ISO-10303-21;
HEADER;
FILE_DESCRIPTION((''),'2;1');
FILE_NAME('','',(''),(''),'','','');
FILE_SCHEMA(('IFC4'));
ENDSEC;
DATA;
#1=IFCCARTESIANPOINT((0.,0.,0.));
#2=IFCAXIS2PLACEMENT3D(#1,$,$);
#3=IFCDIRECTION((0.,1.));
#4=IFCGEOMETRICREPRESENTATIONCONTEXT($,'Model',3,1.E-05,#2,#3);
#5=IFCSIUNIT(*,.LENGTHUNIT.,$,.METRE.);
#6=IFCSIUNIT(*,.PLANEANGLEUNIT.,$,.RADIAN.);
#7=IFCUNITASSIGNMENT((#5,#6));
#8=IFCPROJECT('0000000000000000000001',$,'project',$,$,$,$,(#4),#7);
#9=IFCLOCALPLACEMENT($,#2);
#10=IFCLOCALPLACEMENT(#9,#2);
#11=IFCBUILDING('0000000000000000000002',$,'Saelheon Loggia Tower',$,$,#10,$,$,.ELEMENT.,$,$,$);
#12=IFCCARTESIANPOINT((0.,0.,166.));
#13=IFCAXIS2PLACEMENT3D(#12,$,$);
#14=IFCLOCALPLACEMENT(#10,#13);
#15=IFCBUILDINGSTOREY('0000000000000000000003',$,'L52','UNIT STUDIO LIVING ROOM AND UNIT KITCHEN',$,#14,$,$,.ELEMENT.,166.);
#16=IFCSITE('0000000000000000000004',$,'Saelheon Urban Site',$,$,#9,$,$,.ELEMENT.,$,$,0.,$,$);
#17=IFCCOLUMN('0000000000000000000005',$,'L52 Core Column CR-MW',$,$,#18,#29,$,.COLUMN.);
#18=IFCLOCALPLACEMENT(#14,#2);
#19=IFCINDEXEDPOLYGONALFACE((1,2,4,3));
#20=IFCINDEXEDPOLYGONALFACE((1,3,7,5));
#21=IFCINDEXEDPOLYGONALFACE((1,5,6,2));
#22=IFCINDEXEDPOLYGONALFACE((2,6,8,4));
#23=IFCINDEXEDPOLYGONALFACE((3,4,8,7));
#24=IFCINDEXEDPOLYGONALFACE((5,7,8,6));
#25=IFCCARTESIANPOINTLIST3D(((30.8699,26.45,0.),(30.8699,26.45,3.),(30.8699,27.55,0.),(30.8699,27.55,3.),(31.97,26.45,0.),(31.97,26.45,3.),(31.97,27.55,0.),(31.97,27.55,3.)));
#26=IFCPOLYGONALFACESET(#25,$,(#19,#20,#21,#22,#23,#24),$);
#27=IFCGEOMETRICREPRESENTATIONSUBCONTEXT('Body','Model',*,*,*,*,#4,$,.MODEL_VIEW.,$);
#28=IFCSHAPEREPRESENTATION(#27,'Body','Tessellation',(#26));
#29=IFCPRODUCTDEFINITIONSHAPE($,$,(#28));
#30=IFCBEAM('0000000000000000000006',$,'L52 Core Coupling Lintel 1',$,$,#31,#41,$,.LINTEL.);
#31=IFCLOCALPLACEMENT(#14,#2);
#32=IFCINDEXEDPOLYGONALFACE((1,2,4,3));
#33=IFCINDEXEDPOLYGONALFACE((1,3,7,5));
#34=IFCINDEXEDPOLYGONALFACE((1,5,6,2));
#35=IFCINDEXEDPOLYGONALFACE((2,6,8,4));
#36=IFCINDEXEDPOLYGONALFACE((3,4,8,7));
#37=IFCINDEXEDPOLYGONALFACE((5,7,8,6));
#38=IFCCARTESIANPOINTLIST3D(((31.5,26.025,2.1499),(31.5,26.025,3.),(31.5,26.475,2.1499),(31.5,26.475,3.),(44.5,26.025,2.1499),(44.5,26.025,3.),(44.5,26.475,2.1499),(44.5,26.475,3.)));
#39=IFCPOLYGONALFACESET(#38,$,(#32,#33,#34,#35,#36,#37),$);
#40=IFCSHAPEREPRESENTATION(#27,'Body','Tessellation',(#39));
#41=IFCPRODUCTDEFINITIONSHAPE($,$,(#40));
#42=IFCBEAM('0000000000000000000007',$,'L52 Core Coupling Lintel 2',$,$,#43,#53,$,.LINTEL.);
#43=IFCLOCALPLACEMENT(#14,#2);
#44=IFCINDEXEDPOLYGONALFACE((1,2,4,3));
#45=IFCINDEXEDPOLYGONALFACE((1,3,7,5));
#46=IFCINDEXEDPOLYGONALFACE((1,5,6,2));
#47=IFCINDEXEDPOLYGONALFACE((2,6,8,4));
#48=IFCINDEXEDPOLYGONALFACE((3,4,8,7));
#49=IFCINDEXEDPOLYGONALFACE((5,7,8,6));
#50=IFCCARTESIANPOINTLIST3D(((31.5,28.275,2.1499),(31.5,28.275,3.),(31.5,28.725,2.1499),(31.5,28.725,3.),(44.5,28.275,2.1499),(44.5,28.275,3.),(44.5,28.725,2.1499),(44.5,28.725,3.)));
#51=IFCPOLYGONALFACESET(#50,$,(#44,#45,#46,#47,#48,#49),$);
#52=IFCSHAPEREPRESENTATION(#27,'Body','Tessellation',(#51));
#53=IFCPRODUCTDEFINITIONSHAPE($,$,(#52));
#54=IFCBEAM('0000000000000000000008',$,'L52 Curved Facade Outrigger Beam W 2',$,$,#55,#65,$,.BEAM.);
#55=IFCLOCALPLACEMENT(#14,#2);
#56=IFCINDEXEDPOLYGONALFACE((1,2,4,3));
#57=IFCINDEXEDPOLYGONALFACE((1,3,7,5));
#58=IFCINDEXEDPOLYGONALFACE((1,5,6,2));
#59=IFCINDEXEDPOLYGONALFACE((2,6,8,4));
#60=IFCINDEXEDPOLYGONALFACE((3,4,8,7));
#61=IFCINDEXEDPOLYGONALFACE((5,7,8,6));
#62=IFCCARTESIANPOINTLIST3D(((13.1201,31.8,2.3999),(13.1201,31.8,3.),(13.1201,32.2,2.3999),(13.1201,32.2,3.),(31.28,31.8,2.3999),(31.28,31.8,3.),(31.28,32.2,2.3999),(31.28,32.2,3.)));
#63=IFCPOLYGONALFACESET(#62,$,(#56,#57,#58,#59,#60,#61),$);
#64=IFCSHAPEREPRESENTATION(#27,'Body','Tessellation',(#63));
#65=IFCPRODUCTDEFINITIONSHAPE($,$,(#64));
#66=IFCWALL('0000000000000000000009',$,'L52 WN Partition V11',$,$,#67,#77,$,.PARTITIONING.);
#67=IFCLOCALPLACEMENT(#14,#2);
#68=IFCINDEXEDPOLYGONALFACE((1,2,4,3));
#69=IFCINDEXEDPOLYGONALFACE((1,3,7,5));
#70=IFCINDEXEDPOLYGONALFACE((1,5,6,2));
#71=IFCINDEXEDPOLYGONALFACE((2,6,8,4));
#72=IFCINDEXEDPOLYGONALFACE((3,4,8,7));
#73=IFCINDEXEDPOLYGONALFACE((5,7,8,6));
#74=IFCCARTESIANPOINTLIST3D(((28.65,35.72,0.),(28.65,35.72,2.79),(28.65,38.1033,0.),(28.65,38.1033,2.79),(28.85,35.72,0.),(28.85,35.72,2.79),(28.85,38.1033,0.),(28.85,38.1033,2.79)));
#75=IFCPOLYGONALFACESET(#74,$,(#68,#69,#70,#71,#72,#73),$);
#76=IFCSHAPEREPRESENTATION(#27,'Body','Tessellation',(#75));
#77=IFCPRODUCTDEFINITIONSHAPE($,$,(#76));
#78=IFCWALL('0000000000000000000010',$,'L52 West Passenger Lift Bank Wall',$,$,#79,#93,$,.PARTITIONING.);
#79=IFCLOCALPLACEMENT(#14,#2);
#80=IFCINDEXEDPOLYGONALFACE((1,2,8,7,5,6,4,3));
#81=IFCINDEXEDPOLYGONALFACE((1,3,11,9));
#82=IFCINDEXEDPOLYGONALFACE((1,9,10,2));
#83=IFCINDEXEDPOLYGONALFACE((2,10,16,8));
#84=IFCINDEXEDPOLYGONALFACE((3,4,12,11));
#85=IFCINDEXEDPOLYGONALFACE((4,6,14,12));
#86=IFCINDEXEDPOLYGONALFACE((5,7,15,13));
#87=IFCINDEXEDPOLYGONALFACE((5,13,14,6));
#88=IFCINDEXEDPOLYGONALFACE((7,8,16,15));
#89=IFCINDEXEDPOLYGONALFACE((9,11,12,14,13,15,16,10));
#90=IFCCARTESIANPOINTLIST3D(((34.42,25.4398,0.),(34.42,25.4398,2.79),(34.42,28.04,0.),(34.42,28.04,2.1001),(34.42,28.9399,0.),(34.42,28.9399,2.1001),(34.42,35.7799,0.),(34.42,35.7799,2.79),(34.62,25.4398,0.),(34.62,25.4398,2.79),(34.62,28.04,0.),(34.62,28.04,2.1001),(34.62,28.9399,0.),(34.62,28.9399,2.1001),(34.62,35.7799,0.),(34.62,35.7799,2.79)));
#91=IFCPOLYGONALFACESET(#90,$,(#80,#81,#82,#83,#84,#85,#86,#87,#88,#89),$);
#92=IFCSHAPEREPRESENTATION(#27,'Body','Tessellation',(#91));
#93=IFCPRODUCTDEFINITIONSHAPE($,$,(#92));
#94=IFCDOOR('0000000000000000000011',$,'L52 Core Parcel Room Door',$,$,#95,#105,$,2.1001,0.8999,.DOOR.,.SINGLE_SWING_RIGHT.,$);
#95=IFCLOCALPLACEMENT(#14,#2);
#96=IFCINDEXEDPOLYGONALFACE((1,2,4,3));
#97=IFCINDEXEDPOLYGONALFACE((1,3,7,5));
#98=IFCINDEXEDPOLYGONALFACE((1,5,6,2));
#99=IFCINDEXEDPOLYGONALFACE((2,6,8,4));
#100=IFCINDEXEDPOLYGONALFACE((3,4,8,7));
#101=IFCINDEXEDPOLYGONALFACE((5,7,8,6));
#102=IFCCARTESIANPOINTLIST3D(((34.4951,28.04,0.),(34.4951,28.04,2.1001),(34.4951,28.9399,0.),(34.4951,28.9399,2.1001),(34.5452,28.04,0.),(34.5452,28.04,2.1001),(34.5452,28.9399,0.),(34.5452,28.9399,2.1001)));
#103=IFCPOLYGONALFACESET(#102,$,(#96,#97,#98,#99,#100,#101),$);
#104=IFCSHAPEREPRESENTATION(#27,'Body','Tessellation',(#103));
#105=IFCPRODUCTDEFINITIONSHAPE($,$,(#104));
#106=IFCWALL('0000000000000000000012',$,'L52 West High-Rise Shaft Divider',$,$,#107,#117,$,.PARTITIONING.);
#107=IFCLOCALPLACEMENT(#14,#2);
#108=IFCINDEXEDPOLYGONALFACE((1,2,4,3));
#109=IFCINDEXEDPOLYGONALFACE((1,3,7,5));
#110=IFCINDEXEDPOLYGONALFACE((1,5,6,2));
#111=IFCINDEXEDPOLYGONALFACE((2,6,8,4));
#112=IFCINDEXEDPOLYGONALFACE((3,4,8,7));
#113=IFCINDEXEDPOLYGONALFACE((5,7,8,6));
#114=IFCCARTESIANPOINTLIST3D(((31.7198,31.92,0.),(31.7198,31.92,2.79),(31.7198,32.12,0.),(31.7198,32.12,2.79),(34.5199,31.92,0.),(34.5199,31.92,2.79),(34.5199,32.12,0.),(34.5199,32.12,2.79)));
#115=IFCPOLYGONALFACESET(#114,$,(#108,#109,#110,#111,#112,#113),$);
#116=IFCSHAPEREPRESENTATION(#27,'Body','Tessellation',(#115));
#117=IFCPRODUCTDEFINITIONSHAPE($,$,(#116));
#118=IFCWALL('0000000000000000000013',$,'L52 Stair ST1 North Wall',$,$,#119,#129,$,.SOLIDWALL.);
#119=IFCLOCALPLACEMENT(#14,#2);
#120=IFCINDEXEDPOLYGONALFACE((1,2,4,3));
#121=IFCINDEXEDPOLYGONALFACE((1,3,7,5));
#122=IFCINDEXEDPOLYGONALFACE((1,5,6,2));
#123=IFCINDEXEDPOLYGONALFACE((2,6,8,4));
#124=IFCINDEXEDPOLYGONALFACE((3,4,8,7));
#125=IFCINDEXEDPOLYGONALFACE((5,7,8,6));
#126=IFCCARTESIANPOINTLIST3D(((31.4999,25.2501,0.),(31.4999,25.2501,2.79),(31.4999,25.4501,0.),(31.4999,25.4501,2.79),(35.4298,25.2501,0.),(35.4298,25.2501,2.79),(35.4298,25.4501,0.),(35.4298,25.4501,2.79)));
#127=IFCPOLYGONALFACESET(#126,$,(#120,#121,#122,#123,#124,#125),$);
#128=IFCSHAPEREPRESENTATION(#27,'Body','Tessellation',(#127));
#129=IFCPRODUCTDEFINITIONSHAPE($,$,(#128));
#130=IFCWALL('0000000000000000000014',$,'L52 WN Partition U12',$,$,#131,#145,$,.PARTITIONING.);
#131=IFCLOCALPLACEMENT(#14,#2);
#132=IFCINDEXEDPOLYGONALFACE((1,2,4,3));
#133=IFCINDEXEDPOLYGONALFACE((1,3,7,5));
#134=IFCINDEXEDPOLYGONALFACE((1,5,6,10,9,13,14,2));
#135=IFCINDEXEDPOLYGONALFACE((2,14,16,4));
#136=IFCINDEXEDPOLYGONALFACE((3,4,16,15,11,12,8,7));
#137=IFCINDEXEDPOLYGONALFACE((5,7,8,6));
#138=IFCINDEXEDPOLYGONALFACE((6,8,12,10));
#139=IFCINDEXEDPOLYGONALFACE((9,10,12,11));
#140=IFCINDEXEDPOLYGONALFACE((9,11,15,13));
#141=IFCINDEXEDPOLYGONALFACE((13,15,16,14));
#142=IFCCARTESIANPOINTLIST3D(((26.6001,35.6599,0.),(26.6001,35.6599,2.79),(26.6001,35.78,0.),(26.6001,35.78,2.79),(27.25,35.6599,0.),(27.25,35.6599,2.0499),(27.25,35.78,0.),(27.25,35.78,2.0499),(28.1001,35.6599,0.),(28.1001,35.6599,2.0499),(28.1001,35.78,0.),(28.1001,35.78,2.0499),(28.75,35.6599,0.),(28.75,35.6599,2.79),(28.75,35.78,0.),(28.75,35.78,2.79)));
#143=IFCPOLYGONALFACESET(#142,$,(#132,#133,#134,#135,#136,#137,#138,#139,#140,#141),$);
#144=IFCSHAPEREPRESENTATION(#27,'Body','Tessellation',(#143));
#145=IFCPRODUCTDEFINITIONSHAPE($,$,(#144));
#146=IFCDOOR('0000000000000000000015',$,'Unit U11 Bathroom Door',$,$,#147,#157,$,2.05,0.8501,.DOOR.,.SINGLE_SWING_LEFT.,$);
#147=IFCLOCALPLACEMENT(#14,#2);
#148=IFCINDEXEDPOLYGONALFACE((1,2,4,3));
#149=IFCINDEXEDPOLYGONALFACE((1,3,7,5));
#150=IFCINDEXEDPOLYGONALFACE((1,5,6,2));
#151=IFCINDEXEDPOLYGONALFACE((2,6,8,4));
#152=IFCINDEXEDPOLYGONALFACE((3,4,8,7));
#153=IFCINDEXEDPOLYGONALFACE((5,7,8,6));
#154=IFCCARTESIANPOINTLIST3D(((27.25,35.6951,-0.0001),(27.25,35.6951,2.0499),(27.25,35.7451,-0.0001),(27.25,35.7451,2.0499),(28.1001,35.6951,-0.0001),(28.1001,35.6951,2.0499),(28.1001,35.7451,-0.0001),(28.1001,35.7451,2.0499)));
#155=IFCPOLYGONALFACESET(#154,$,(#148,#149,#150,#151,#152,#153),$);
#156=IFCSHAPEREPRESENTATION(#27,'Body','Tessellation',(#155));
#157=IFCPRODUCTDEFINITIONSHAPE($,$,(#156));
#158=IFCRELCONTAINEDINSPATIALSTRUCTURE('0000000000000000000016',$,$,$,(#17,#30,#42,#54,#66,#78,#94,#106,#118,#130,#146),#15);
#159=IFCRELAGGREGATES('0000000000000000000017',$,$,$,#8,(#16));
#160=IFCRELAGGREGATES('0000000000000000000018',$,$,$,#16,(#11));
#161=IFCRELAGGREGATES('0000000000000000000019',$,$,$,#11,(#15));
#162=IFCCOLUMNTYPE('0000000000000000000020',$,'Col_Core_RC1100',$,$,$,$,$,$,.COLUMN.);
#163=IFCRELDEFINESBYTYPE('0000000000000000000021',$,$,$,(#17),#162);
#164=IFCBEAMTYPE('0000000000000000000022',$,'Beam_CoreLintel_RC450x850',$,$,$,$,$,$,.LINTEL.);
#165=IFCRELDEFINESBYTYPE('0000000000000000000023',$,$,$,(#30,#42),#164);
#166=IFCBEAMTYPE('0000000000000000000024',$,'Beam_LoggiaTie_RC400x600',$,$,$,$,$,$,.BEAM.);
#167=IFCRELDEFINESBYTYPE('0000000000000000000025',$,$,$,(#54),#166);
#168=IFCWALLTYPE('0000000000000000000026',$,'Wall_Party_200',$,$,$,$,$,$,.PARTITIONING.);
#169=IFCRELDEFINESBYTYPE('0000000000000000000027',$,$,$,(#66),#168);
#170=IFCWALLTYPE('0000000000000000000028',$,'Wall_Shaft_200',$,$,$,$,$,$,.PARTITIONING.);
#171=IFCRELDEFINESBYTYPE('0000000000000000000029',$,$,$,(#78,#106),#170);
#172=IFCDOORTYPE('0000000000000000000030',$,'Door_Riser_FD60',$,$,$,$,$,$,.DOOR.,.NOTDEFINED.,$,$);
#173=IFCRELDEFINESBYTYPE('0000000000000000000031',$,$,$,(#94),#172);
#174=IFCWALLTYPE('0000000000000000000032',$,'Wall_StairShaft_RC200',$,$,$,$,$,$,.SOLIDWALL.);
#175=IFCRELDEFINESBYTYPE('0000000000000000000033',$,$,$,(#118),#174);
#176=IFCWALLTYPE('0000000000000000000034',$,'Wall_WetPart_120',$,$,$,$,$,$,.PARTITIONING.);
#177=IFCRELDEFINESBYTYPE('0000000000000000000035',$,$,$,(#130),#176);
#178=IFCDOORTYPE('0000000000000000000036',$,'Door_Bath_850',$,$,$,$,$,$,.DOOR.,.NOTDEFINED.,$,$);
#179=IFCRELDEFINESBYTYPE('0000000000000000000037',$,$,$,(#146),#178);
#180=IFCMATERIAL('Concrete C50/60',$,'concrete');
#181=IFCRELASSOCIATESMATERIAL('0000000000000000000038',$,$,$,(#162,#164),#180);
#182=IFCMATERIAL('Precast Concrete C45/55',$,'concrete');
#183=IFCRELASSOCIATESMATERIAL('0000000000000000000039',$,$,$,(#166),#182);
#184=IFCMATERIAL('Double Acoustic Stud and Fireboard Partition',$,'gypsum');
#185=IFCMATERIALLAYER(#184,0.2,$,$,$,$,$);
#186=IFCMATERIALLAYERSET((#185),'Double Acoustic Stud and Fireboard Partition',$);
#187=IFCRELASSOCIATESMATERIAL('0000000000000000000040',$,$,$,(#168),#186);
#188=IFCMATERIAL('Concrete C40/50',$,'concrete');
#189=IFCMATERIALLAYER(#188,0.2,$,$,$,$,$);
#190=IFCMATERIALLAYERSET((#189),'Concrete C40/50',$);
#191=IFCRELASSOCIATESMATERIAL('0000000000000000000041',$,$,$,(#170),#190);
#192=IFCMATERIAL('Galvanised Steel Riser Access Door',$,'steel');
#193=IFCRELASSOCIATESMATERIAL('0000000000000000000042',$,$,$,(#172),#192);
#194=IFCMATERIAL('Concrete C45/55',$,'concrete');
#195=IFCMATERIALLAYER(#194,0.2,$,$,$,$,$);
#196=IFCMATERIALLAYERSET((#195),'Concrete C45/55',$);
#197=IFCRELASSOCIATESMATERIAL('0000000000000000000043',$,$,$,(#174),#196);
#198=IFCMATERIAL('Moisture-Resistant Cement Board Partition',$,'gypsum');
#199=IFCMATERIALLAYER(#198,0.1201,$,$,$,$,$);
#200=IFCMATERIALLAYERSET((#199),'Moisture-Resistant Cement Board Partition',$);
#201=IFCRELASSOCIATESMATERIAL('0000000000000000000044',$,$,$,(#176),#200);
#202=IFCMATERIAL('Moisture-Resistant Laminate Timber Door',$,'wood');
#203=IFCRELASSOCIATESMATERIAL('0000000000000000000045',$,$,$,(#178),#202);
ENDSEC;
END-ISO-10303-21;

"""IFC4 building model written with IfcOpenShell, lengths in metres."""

from ifc_helpers import new_model, si_unit, direction, frame, frame_2d, origin, origin_2d, place, context, subcontext, project, spatial, rectangle, extrude, source, transform, mapped, material, layer, layer_set, material_profile, profile_set, type_object, element, fill, save


model = new_model("IFC4")

# Units and contexts
model_context = context("Model", 3, precision=1e-05, world=origin(), true_north=direction((0.0, 1.0)))
body_context = subcontext(model_context, "Body", "Model", "MODEL_VIEW")
ifc_project = project(units=[si_unit("LENGTHUNIT", "METRE"), si_unit("PLANEANGLEUNIT", "RADIAN")], contexts=[model_context])

# Site, building, storey
site_placement = place(None, origin())
site = spatial("IfcSite", under=ifc_project, at=site_placement, Name="Saelheon Urban Site", CompositionType="ELEMENT", RefElevation=0.0)
building_placement = place(site_placement, origin())
building = spatial("IfcBuilding", under=site, at=building_placement, Name="Saelheon Loggia Tower", CompositionType="ELEMENT")
storey_placement = place(building_placement, frame((0.0, 0.0, 166.0)))
storey = spatial("IfcBuildingStorey", under=building, at=storey_placement, Name="L52", Description="UNIT STUDIO LIVING ROOM AND UNIT KITCHEN", CompositionType="ELEMENT", Elevation=166.0)

# Column
ifc_material_1 = material(Name="Concrete C50/60", Category="concrete")
ifc_material_profile_1 = material_profile(ifc_material_1, rectangle(XDim=1.1001, YDim=1.1001, at=origin_2d()), Name="RC-1100x1100")
ifc_profile_set_1 = profile_set([ifc_material_profile_1], Name="Concrete C50/60")
column_type = type_object("IfcColumnType", Name="Col_Core_RC1100", PredefinedType="COLUMN", material=ifc_profile_set_1)
shared_shape_1 = source(origin(), body_context, "Body", "SweptSolid", [
    extrude(rectangle(XDim=1.1001, YDim=1.1001, at=origin_2d()), origin(), (0.0, 0.0, 1.0), 3.0),
])
column_placement = place(storey_placement, frame((31.4199, 27.0, 0.0), z_axis=(0.0, 0.0, 1.0), x_axis=(1.0, 0.0, 0.0)))
element("IfcColumn", 1, at=column_placement, inside=storey, type_object=column_type, Name="L52 Core Column CR-MW", PredefinedType="COLUMN", context=body_context, shape_type="MappedRepresentation", body=[
    mapped(shared_shape_1, transform((0.0, 0.0, 0.0), scale=1.0)),
])

# Beams
ifc_material_profile_2 = material_profile(ifc_material_1, rectangle(XDim=0.45, YDim=0.8501, at=origin_2d()), Name="RC-450x850")
ifc_profile_set_2 = profile_set([ifc_material_profile_2], Name="Concrete C50/60")
beam_type_1 = type_object("IfcBeamType", Name="Beam_CoreLintel_RC450x850", PredefinedType="LINTEL", material=ifc_profile_set_2)
shared_shape_2 = source(origin(), body_context, "Body", "SweptSolid", [
    extrude(rectangle(XDim=0.45, YDim=0.8501, at=origin_2d()), origin(), (0.0, 0.0, 1.0), 13.0),
])
for number, where, z_axis, x_axis, name in (
    (2, (31.5, 26.25, 2.575), (1.0, 0.0, 0.0), (0.0, 1.0, 0.0), "L52 Core Coupling Lintel 1"),
    (3, (31.5, 28.5, 2.575), (1.0, 0.0, 0.0), (0.0, 1.0, 0.0), "L52 Core Coupling Lintel 2"),
):
    element("IfcBeam", number, at=place(storey_placement, frame(where, z_axis=z_axis, x_axis=x_axis)), inside=storey, type_object=beam_type_1, Name=name, PredefinedType="LINTEL", context=body_context, shape_type="MappedRepresentation", body=[
        mapped(shared_shape_2, transform((0.0, 0.0, 0.0), scale=1.0)),
    ])
ifc_material_2 = material(Name="Precast Concrete C45/55", Category="concrete")
ifc_material_profile_3 = material_profile(ifc_material_2, rectangle(XDim=0.3999, YDim=0.6001, at=origin_2d()), Name="RC-400x600")
ifc_profile_set_3 = profile_set([ifc_material_profile_3], Name="Precast Concrete C45/55")
beam_type_2 = type_object("IfcBeamType", Name="Beam_LoggiaTie_RC400x600", PredefinedType="BEAM", material=ifc_profile_set_3)
shared_shape_3 = source(origin(), body_context, "Body", "SweptSolid", [
    extrude(rectangle(XDim=0.3999, YDim=0.6001, at=origin_2d()), origin(), (0.0, 0.0, 1.0), 18.1599),
])
beam_placement = place(storey_placement, frame((31.28, 32.0, 2.7), z_axis=(-1.0, 0.0, 0.0), x_axis=(0.0, -1.0, 0.0)))
element("IfcBeam", 4, at=beam_placement, inside=storey, type_object=beam_type_2, Name="L52 Curved Facade Outrigger Beam W 2", PredefinedType="BEAM", context=body_context, shape_type="MappedRepresentation", body=[
    mapped(shared_shape_3, transform((0.0, 0.0, 0.0), scale=1.0)),
])

# Wall
ifc_material_3 = material(Name="Double Acoustic Stud and Fireboard Partition", Category="gypsum")
ifc_layer_1 = layer(ifc_material_3, 0.2)
ifc_layer_set_1 = layer_set([ifc_layer_1], Name="Double Acoustic Stud and Fireboard Partition")
wall_type_1 = type_object("IfcWallType", Name="Wall_Party_200", PredefinedType="PARTITIONING", material=ifc_layer_set_1)
wall_1_placement = place(storey_placement, frame((28.75, 35.72, 0.0), z_axis=(0.0, 0.0, 1.0), x_axis=(0.0, 1.0, 0.0)))
element("IfcWall", 5, at=wall_1_placement, inside=storey, type_object=wall_type_1, Name="L52 WN Partition V11", PredefinedType="PARTITIONING", context=body_context, shape_type="SweptSolid", body=[
    extrude(rectangle(XDim=2.3833, YDim=0.2, at=frame_2d((1.1917, 0.0))), origin(), (0.0, 0.0, 1.0), 2.79),
])

# Wall, opening, door
ifc_material_4 = material(Name="Concrete C40/50", Category="concrete")
ifc_layer_2 = layer(ifc_material_4, 0.2)
ifc_layer_set_2 = layer_set([ifc_layer_2], Name="Concrete C40/50")
wall_type_2 = type_object("IfcWallType", Name="Wall_Shaft_200", PredefinedType="PARTITIONING", material=ifc_layer_set_2)
wall_2_placement = place(storey_placement, frame((34.52, 25.4399, 0.0), z_axis=(0.0, 0.0, 1.0), x_axis=(0.0, 1.0, 0.0)))
wall_2 = element("IfcWall", 6, at=wall_2_placement, inside=storey, type_object=wall_type_2, Name="L52 West Passenger Lift Bank Wall", PredefinedType="PARTITIONING", context=body_context, shape_type="SweptSolid", body=[
    extrude(rectangle(XDim=10.3401, YDim=0.2, at=frame_2d((5.1699, 0.0))), origin(), (0.0, 0.0, 1.0), 2.79),
])
opening_1_placement = place(wall_2_placement, frame((2.6001, 0.0, 0.0)))
opening_1 = element("IfcOpeningElement", 7, at=opening_1_placement, cuts=wall_2, PredefinedType="OPENING", context=body_context, shape_type="SweptSolid", body=[
    extrude(rectangle(XDim=0.8999, YDim=2.1001, at=frame_2d((0.45, 1.05))), frame((0.0, 0.1121, 0.0), z_axis=(0.0, -1.0, 0.0), x_axis=(1.0, 0.0, 0.0)), (0.0, 0.0, 1.0), 0.2239),
])
ifc_material_5 = material(Name="Galvanised Steel Riser Access Door", Category="steel")
door_type_1 = type_object("IfcDoorType", Name="Door_Riser_FD60", OperationType="NOTDEFINED", PredefinedType="DOOR", material=ifc_material_5)
shared_shape_4 = source(origin(), body_context, "Body", "SweptSolid", [
    extrude(rectangle(XDim=0.8999, YDim=2.1001, at=frame_2d((0.45, 1.05))), frame((0.0, 0.0249, 0.0), z_axis=(0.0, -1.0, 0.0), x_axis=(1.0, 0.0, 0.0)), (0.0, 0.0, 1.0), 0.05),
])
door_1_placement = place(opening_1_placement, origin())
door_1 = element("IfcDoor", 8, at=door_1_placement, inside=storey, type_object=door_type_1, Name="L52 Core Parcel Room Door", OperationType="SINGLE_SWING_RIGHT", OverallHeight=2.1001, OverallWidth=0.8999, PredefinedType="DOOR", context=body_context, shape_type="MappedRepresentation", body=[
    mapped(shared_shape_4, transform((0.0, 0.0, 0.0), scale=1.0)),
])
fill(opening_1, door_1)

# Walls
wall_3_placement = place(storey_placement, frame((31.72, 32.02, 0.0), z_axis=(0.0, 0.0, 1.0), x_axis=(1.0, 0.0, 0.0)))
element("IfcWall", 9, at=wall_3_placement, inside=storey, type_object=wall_type_2, Name="L52 West High-Rise Shaft Divider", PredefinedType="PARTITIONING", context=body_context, shape_type="SweptSolid", body=[
    extrude(rectangle(XDim=2.8, YDim=0.2, at=frame_2d((1.3999, 0.0))), origin(), (0.0, 0.0, 1.0), 2.79),
])
ifc_material_6 = material(Name="Concrete C45/55", Category="concrete")
ifc_layer_3 = layer(ifc_material_6, 0.2)
ifc_layer_set_3 = layer_set([ifc_layer_3], Name="Concrete C45/55")
wall_type_3 = type_object("IfcWallType", Name="Wall_StairShaft_RC200", PredefinedType="SOLIDWALL", material=ifc_layer_set_3)
wall_4_placement = place(storey_placement, frame((31.5, 25.3501, 0.0), z_axis=(0.0, 0.0, 1.0), x_axis=(1.0, 0.0, 0.0)))
element("IfcWall", 10, at=wall_4_placement, inside=storey, type_object=wall_type_3, Name="L52 Stair ST1 North Wall", PredefinedType="SOLIDWALL", context=body_context, shape_type="SweptSolid", body=[
    extrude(rectangle(XDim=3.9299, YDim=0.2, at=frame_2d((1.9648, 0.0))), origin(), (0.0, 0.0, 1.0), 2.79),
])

# Wall, opening, door
ifc_material_7 = material(Name="Moisture-Resistant Cement Board Partition", Category="gypsum")
ifc_layer_4 = layer(ifc_material_7, 0.1201)
ifc_layer_set_4 = layer_set([ifc_layer_4], Name="Moisture-Resistant Cement Board Partition")
wall_type_4 = type_object("IfcWallType", Name="Wall_WetPart_120", PredefinedType="PARTITIONING", material=ifc_layer_set_4)
wall_5_placement = place(storey_placement, frame((28.75, 35.72, 0.0), z_axis=(0.0, 0.0, 1.0), x_axis=(-1.0, 0.0, 0.0)))
wall_5 = element("IfcWall", 11, at=wall_5_placement, inside=storey, type_object=wall_type_4, Name="L52 WN Partition U12", PredefinedType="PARTITIONING", context=body_context, shape_type="SweptSolid", body=[
    extrude(rectangle(XDim=2.1499, YDim=0.1201, at=frame_2d((1.075, 0.0))), origin(), (0.0, 0.0, 1.0), 2.79),
])
opening_2_placement = place(wall_5_placement, frame((0.6499, 0.0, 0.0)))
opening_2 = element("IfcOpeningElement", 12, at=opening_2_placement, cuts=wall_5, PredefinedType="OPENING", context=body_context, shape_type="SweptSolid", body=[
    extrude(rectangle(XDim=0.8501, YDim=2.05, at=frame_2d((0.425, 1.0249))), frame((0.0, 0.072, 0.0), z_axis=(0.0, -1.0, 0.0), x_axis=(1.0, 0.0, 0.0)), (0.0, 0.0, 1.0), 0.144),
])
ifc_material_8 = material(Name="Moisture-Resistant Laminate Timber Door", Category="wood")
door_type_2 = type_object("IfcDoorType", Name="Door_Bath_850", OperationType="NOTDEFINED", PredefinedType="DOOR", material=ifc_material_8)
shared_shape_5 = source(origin(), body_context, "Body", "SweptSolid", [
    extrude(rectangle(XDim=0.8501, YDim=2.05, at=frame_2d((0.425, 1.0249))), frame((0.0, 0.0249, 0.0), z_axis=(0.0, -1.0, 0.0), x_axis=(1.0, 0.0, 0.0)), (0.0, 0.0, 1.0), 0.05),
])
door_2_placement = place(opening_2_placement, origin())
door_2 = element("IfcDoor", 13, at=door_2_placement, inside=storey, type_object=door_type_2, Name="Unit U11 Bathroom Door", OperationType="SINGLE_SWING_LEFT", OverallHeight=2.05, OverallWidth=0.8501, PredefinedType="DOOR", context=body_context, shape_type="MappedRepresentation", body=[
    mapped(shared_shape_5, transform((0.0, 0.0, 0.0), scale=1.0)),
])
fill(opening_2, door_2)

save(model, "model.ifc")
